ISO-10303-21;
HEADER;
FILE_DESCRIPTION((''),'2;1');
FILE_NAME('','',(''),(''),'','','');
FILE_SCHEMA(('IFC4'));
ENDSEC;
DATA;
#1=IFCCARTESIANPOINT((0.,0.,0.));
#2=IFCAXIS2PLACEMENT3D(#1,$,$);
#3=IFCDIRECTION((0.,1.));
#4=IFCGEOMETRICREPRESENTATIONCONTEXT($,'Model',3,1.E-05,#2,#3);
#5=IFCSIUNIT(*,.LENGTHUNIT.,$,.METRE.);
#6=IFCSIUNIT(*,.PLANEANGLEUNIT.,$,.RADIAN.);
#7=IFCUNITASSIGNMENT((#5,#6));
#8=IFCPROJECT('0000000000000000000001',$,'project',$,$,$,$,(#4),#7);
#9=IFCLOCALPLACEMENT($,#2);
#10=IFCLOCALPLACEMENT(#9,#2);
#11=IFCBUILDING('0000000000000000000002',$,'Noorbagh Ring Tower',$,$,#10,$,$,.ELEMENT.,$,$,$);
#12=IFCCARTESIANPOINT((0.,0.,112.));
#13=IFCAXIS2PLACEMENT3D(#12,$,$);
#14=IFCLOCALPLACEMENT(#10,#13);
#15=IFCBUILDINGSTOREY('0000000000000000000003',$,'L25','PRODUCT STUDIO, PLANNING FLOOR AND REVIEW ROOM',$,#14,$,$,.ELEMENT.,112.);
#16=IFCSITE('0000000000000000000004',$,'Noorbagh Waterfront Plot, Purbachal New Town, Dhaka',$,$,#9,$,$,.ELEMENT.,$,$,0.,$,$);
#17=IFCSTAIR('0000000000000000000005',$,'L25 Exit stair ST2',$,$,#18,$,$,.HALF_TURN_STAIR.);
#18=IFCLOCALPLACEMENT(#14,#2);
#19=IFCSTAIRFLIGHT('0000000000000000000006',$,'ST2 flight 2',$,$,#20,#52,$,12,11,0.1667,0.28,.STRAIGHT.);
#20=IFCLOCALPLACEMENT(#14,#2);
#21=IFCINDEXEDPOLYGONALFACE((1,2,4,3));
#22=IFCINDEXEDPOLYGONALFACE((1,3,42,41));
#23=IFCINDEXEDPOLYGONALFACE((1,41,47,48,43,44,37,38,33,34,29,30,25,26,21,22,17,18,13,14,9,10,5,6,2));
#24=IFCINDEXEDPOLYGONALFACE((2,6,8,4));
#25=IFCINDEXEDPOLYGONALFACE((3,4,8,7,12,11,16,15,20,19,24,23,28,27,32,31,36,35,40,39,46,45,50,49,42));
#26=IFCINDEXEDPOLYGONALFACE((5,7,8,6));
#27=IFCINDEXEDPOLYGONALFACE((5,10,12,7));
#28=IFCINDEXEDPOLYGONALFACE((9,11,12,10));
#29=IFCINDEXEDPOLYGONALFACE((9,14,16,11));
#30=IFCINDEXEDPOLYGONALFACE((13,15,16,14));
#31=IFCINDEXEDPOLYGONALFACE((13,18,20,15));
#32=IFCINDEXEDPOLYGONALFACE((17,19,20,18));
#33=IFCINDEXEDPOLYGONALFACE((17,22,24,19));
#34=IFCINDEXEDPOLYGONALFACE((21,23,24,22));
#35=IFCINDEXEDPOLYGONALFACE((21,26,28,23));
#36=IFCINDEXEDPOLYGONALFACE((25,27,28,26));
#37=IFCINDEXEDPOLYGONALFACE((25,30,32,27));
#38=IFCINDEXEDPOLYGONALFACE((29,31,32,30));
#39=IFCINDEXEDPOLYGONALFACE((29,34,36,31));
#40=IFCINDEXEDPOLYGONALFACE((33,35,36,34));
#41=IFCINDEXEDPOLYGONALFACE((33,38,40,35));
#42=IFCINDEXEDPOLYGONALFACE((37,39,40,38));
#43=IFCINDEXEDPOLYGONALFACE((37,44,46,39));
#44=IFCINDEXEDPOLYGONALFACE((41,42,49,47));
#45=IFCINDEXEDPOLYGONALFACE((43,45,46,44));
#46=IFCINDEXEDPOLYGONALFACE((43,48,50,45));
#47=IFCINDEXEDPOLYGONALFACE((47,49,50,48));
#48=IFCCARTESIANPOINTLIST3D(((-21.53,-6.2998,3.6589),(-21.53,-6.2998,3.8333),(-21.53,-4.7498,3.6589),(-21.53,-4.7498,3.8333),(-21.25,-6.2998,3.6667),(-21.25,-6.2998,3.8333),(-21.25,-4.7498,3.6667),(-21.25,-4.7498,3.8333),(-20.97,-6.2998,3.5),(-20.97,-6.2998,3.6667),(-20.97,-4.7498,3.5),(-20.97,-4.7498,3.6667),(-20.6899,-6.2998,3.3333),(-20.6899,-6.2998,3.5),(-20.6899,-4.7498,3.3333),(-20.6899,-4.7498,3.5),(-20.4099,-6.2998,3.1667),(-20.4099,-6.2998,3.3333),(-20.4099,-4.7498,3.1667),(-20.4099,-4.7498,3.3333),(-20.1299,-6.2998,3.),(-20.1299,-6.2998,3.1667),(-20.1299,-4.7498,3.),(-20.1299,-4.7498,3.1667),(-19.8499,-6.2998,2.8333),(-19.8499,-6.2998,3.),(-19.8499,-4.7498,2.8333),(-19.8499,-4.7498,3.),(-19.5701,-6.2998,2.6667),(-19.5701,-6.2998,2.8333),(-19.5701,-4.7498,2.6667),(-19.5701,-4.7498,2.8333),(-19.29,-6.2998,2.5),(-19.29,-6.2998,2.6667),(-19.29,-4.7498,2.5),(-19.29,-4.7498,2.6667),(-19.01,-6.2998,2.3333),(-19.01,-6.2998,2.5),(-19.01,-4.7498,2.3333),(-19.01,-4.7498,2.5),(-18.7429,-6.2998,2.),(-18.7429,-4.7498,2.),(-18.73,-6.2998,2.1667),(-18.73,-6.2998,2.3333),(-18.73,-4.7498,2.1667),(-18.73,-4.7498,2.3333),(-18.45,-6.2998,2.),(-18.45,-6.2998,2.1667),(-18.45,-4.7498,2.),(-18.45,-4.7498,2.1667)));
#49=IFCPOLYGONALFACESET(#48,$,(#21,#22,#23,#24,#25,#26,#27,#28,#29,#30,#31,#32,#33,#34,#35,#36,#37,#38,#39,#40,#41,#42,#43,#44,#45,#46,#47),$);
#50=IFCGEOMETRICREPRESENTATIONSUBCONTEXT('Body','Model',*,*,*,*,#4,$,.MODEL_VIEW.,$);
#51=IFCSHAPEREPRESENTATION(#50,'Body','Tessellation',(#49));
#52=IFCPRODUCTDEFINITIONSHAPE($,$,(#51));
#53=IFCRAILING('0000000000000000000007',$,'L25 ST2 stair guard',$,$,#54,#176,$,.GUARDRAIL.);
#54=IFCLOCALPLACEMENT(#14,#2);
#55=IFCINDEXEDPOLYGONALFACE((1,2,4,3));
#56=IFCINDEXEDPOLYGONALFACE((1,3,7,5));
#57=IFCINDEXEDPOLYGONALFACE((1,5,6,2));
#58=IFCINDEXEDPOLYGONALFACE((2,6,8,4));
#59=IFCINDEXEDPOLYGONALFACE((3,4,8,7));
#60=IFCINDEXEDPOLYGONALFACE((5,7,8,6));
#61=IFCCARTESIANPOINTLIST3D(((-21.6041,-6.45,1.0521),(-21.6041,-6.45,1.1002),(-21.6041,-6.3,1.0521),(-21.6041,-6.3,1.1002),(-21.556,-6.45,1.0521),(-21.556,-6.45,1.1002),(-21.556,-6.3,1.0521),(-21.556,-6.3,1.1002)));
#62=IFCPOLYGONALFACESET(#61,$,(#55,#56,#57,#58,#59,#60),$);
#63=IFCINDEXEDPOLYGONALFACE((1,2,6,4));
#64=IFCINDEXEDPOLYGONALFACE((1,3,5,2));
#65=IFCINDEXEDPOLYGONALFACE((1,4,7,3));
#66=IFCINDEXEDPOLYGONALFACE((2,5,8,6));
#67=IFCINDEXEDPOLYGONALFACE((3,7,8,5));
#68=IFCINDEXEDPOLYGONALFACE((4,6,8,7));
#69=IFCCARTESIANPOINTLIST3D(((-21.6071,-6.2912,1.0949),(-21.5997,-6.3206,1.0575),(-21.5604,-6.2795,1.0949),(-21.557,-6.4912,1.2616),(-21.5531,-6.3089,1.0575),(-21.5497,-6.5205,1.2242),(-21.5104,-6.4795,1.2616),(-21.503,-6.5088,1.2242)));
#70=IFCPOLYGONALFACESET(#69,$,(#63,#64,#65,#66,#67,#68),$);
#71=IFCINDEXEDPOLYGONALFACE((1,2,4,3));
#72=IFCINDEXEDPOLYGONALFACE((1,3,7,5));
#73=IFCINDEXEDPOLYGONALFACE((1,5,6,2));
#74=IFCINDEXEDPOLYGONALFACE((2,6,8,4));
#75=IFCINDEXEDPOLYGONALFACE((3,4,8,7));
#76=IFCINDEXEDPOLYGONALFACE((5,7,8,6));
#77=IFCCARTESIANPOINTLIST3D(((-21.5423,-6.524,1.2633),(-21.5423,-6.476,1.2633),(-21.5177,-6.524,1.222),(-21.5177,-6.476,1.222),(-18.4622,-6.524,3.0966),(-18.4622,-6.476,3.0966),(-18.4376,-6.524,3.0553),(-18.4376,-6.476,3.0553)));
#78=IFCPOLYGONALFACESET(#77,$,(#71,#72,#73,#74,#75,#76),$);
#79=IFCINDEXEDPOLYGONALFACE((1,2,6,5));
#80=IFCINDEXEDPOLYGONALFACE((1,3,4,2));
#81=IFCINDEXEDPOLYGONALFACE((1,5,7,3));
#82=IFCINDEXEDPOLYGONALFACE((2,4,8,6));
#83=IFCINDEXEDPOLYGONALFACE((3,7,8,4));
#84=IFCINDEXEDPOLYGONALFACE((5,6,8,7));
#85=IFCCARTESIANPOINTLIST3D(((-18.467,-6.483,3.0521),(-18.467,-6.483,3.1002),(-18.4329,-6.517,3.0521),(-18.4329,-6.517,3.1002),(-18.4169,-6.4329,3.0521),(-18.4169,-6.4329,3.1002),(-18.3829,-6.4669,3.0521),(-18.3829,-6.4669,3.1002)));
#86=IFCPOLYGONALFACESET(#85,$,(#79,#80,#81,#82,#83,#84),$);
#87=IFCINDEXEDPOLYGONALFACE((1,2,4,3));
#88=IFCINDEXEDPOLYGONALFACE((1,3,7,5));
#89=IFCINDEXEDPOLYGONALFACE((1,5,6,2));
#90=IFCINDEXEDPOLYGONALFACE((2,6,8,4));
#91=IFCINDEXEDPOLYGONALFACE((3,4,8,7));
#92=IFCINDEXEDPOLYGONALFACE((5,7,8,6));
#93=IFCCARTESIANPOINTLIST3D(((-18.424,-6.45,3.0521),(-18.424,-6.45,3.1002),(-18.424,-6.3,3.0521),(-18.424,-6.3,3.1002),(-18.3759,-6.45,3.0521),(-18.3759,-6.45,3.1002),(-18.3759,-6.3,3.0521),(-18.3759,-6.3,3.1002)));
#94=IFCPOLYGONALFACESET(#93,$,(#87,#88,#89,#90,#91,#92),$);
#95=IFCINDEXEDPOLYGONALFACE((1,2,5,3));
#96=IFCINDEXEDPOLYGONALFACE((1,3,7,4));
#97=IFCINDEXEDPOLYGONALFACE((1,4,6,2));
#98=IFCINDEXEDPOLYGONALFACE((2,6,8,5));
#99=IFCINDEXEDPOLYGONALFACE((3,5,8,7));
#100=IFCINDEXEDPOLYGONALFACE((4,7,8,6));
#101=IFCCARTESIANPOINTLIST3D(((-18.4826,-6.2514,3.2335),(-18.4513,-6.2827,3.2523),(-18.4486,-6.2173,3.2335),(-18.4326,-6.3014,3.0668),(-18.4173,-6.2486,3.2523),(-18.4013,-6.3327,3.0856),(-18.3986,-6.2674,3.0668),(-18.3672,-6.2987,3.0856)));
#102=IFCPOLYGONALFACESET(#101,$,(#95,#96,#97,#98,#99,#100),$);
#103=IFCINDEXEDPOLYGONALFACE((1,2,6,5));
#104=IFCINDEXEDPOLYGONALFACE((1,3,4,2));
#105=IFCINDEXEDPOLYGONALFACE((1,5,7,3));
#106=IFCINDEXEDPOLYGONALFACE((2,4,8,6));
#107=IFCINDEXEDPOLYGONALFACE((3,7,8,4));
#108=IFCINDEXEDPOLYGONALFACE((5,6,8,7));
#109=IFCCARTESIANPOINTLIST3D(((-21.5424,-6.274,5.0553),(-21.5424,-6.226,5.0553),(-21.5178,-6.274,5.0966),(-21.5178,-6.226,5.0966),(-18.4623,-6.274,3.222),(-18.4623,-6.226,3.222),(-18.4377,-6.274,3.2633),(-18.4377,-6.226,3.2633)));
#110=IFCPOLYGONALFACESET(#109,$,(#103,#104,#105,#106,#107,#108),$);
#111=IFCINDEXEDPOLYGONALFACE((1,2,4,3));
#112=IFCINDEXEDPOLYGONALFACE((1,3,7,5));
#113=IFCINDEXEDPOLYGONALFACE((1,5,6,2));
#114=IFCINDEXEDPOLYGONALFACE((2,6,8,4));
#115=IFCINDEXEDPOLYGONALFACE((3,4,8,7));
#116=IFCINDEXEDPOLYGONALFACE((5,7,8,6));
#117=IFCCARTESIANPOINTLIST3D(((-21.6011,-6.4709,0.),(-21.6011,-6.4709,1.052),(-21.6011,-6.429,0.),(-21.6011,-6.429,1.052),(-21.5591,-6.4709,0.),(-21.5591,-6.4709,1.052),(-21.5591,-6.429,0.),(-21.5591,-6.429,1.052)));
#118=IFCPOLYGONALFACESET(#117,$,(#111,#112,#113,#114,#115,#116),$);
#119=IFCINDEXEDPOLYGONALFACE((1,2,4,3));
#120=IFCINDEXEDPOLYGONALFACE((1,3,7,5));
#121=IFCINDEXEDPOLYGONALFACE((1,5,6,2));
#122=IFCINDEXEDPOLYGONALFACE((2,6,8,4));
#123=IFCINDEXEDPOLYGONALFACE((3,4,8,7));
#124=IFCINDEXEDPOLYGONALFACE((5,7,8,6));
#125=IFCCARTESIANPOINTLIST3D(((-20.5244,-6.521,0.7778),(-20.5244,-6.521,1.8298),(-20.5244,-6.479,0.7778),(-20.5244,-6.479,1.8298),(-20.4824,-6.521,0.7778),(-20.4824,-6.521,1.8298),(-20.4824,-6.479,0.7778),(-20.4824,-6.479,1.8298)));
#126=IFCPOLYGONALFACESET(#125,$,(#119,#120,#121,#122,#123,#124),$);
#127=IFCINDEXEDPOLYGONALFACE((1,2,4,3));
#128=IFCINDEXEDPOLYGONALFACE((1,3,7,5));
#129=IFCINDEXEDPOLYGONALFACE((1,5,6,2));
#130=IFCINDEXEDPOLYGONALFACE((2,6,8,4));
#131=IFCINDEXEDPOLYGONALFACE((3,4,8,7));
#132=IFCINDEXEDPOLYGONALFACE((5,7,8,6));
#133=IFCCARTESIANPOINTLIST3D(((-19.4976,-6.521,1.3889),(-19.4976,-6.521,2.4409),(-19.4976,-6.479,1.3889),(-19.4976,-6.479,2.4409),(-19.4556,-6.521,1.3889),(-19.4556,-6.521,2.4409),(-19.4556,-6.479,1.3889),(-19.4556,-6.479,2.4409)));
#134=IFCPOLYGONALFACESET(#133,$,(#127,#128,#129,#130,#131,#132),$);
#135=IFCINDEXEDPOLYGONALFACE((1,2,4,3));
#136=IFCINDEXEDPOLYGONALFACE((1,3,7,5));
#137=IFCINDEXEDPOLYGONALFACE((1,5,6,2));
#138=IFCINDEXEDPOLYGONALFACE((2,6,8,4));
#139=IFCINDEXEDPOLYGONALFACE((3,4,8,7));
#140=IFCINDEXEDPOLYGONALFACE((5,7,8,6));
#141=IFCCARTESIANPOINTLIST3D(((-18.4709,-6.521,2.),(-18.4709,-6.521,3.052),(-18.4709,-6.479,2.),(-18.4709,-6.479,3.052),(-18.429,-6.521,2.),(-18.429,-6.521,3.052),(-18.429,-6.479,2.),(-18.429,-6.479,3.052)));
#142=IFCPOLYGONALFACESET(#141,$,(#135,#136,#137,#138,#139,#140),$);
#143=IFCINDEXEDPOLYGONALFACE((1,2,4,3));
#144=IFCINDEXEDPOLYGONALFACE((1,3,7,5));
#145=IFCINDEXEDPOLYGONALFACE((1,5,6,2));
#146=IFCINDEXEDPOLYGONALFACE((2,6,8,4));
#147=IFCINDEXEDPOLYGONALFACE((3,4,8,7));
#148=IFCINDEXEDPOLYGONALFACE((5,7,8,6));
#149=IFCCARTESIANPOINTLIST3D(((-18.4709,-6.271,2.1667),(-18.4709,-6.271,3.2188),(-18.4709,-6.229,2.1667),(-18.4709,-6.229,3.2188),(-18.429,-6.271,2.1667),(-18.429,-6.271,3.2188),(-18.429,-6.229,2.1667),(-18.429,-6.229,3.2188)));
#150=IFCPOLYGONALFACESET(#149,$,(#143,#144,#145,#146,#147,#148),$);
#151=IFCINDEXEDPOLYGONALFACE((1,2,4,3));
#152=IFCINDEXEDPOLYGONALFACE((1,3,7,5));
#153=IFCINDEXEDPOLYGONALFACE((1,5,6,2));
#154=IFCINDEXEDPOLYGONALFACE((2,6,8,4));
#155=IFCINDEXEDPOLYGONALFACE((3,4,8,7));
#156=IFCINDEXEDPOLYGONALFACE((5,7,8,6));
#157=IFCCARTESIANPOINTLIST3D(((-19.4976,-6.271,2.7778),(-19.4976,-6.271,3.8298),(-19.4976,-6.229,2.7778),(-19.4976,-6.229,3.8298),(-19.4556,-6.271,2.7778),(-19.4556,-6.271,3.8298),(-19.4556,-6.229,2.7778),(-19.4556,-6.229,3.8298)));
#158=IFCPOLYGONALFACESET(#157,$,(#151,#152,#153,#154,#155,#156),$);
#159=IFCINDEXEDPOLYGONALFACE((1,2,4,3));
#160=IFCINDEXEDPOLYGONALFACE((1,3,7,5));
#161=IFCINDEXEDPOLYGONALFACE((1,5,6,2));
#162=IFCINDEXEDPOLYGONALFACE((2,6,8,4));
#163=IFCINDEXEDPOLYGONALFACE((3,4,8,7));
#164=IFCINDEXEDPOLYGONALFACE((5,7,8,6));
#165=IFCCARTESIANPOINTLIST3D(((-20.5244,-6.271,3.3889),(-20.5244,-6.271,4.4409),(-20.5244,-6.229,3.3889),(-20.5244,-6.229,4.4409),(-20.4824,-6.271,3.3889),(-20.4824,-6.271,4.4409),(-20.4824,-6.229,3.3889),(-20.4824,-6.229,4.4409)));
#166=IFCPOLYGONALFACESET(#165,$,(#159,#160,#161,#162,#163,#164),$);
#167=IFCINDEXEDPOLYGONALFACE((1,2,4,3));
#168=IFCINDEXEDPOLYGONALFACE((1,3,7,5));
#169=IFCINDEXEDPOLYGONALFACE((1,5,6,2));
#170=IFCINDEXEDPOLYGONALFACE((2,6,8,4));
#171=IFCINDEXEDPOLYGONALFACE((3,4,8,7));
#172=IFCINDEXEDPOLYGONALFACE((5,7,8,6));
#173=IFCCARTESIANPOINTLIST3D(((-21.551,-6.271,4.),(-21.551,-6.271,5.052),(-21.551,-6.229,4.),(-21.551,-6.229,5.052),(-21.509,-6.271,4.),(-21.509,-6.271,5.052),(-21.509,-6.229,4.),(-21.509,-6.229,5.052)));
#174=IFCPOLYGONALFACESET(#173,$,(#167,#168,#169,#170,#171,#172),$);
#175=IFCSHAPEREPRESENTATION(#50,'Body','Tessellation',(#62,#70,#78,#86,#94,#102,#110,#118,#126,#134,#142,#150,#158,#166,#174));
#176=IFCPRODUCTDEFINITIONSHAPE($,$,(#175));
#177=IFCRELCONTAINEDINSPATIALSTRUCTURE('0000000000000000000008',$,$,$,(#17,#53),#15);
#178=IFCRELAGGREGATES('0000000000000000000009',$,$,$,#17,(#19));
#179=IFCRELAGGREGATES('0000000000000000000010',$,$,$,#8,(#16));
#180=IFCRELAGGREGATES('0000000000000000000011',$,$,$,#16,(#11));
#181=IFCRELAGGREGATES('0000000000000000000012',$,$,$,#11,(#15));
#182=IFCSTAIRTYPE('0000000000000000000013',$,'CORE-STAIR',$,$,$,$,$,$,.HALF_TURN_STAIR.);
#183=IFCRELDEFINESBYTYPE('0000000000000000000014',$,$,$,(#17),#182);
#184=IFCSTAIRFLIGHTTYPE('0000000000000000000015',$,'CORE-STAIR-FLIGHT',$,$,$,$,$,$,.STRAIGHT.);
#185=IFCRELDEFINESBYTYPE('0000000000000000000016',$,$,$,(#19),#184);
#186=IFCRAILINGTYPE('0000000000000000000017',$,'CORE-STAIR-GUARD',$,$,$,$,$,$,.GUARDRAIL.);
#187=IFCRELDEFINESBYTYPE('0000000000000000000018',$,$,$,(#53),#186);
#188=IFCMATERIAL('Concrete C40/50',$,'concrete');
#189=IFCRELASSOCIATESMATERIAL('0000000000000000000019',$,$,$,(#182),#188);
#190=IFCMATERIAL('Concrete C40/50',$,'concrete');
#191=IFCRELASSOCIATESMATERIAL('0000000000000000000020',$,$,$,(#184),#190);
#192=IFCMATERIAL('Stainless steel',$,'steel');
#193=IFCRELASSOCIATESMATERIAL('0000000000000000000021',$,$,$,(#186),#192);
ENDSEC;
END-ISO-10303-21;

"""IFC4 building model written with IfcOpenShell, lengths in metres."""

from ifc_helpers import new_model, si_unit, direction, frame, origin, origin_2d, place, context, subcontext, project, spatial, polyline, rectangle, outline, extrude, material, type_object, element, aggregate, save


model = new_model("IFC4")

# Units and contexts
model_context = context("Model", 3, precision=1e-05, world=origin(), true_north=direction((0.0, 1.0)))
body_context = subcontext(model_context, "Body", "Model", "MODEL_VIEW")
ifc_project = project(units=[si_unit("LENGTHUNIT", "METRE"), si_unit("PLANEANGLEUNIT", "RADIAN")], contexts=[model_context])

# Site, building, storey
site_placement = place(None, origin())
site = spatial("IfcSite", under=ifc_project, at=site_placement, Name="Noorbagh Waterfront Plot, Purbachal New Town, Dhaka", CompositionType="ELEMENT", RefElevation=0.0)
building_placement = place(site_placement, origin())
building = spatial("IfcBuilding", under=site, at=building_placement, Name="Noorbagh Ring Tower", CompositionType="ELEMENT")
storey_placement = place(building_placement, frame((0.0, 0.0, 112.0)))
storey = spatial("IfcBuildingStorey", under=building, at=storey_placement, Name="L25", Description="PRODUCT STUDIO, PLANNING FLOOR AND REVIEW ROOM", CompositionType="ELEMENT", Elevation=112.0)

# Stair, stair flight
ifc_material_1 = material(Name="Concrete C40/50", Category="concrete")
stair_type = type_object("IfcStairType", Name="CORE-STAIR", PredefinedType="HALF_TURN_STAIR", material=ifc_material_1)
stair_placement = place(storey_placement, origin())
stair = element("IfcStair", 1, at=stair_placement, inside=storey, type_object=stair_type, Name="L25 Exit stair ST2", PredefinedType="HALF_TURN_STAIR")
ifc_material_2 = material(Name="Concrete C40/50", Category="concrete")
stair_flight_type = type_object("IfcStairFlightType", Name="CORE-STAIR-FLIGHT", PredefinedType="STRAIGHT", material=ifc_material_2)
stair_flight_1_placement = place(storey_placement, frame((-18.45, -5.5249, 2.0), z_axis=(0.0, 0.0, 1.0), x_axis=(-1.0, 0.0, 0.0)))
stair_flight_1 = element("IfcStairFlight", 2, at=stair_flight_1_placement, type_object=stair_flight_type, Name="ST2 flight 2", NumberOfRisers=12, NumberOfTreads=11, PredefinedType="STRAIGHT", RiserHeight=0.1667, TreadLength=0.28, context=body_context, shape_type="SweptSolid", body=[
    extrude(outline(polyline([(0.0, 0.0), (0.0, 0.1667), (0.28, 0.1667), (0.28, 0.3333), (0.5601, 0.3333), (0.5601, 0.5), (0.8401, 0.5), (0.8401, 0.6667), (1.1201, 0.6667), (1.1201, 0.8333), (1.3999, 0.8333), (1.3999, 1.0), (1.6799, 1.0), (1.6799, 1.1667), (1.96, 1.1667), (1.96, 1.3333), (2.24, 1.3333), (2.24, 1.5), (2.52, 1.5), (2.52, 1.6667), (2.8, 1.6667), (2.8, 1.8333), (3.0801, 1.8333), (3.0801, 2.0), (3.0801, 1.6589), (0.293, 0.0), (0.0, 0.0)])), frame((0.0, 0.7749, 0.0), z_axis=(0.0, -1.0, 0.0), x_axis=(1.0, 0.0, 0.0)), (0.0, 0.0, 1.0), 1.55),
])
aggregate(stair, [stair_flight_1])

# Railing
ifc_material_3 = material(Name="Stainless steel", Category="steel")
railing_type_1 = type_object("IfcRailingType", Name="CORE-STAIR-GUARD", PredefinedType="GUARDRAIL", material=ifc_material_3)
railing_1_placement = place(storey_placement, frame((-21.5801, -6.45, 0.0)))
element("IfcRailing", 3, at=railing_1_placement, inside=storey, type_object=railing_type_1, Name="L25 ST2 stair guard", PredefinedType="GUARDRAIL", context=body_context, shape_type="SweptSolid", body=[
    extrude(rectangle(XDim=0.0481, YDim=0.0481, at=origin_2d()), frame((0.0, 0.0, 1.0762), z_axis=(0.0, 1.0, 0.0), x_axis=(-1.0, 0.0, 0.0)), (0.0, 0.0, 1.0), 0.1499),
    extrude(rectangle(XDim=0.0481, YDim=0.0481, at=origin_2d()), frame((0.0, 0.1499, 1.0762), z_axis=(0.188776, -0.754182, 0.628946), x_axis=(0.970073, 0.242814, 0.0)), (0.0, 0.0, 1.0), 0.2651),
    extrude(rectangle(XDim=0.0481, YDim=0.0481, at=origin_2d()), frame((0.05, -0.05, 1.2427), z_axis=(0.859309, 0.0, 0.511458), x_axis=(0.0, 1.0, 0.0)), (0.0, 0.0, 1.0), 3.5845),
    extrude(rectangle(XDim=0.0481, YDim=0.0481, at=origin_2d()), frame((3.1301, -0.05, 3.0762), z_axis=(0.707107, 0.707107, 0.0), x_axis=(-0.707107, 0.707107, 0.0)), (0.0, 0.0, 1.0), 0.0708),
    extrude(rectangle(XDim=0.0481, YDim=0.0481, at=origin_2d()), frame((3.1802, 0.0, 3.0762), z_axis=(0.0, 1.0, 0.0), x_axis=(-1.0, 0.0, 0.0)), (0.0, 0.0, 1.0), 0.1499),
    extrude(rectangle(XDim=0.0481, YDim=0.0481, at=origin_2d()), frame((3.1802, 0.1499, 3.0762), z_axis=(-0.276287, 0.276287, 0.920506), x_axis=(-0.707107, -0.707107, 0.0)), (0.0, 0.0, 1.0), 0.1812),
    extrude(rectangle(XDim=0.0481, YDim=0.0481, at=origin_2d()), frame((3.1301, 0.2, 3.2427), z_axis=(-0.859309, 0.0, 0.511458), x_axis=(0.0, -1.0, 0.0)), (0.0, 0.0, 1.0), 3.5845),
    extrude(rectangle(XDim=0.042, YDim=0.042, at=origin_2d()), origin(), (0.0, 0.0, 1.0), 1.052),
    extrude(rectangle(XDim=0.042, YDim=0.042, at=origin_2d()), frame((1.0767, -0.05, 0.7778)), (0.0, 0.0, 1.0), 1.052),
    extrude(rectangle(XDim=0.042, YDim=0.042, at=origin_2d()), frame((2.1035, -0.05, 1.3889)), (0.0, 0.0, 1.0), 1.052),
    extrude(rectangle(XDim=0.042, YDim=0.042, at=origin_2d()), frame((3.1301, -0.05, 2.0)), (0.0, 0.0, 1.0), 1.052),
    extrude(rectangle(XDim=0.042, YDim=0.042, at=origin_2d()), frame((3.1301, 0.2, 2.1667)), (0.0, 0.0, 1.0), 1.052),
    extrude(rectangle(XDim=0.042, YDim=0.042, at=origin_2d()), frame((2.1035, 0.2, 2.7778)), (0.0, 0.0, 1.0), 1.052),
    extrude(rectangle(XDim=0.042, YDim=0.042, at=origin_2d()), frame((1.0767, 0.2, 3.3889)), (0.0, 0.0, 1.0), 1.052),
    extrude(rectangle(XDim=0.042, YDim=0.042, at=origin_2d()), frame((0.05, 0.2, 4.0)), (0.0, 0.0, 1.0), 1.052),
])

save(model, "model.ifc")
